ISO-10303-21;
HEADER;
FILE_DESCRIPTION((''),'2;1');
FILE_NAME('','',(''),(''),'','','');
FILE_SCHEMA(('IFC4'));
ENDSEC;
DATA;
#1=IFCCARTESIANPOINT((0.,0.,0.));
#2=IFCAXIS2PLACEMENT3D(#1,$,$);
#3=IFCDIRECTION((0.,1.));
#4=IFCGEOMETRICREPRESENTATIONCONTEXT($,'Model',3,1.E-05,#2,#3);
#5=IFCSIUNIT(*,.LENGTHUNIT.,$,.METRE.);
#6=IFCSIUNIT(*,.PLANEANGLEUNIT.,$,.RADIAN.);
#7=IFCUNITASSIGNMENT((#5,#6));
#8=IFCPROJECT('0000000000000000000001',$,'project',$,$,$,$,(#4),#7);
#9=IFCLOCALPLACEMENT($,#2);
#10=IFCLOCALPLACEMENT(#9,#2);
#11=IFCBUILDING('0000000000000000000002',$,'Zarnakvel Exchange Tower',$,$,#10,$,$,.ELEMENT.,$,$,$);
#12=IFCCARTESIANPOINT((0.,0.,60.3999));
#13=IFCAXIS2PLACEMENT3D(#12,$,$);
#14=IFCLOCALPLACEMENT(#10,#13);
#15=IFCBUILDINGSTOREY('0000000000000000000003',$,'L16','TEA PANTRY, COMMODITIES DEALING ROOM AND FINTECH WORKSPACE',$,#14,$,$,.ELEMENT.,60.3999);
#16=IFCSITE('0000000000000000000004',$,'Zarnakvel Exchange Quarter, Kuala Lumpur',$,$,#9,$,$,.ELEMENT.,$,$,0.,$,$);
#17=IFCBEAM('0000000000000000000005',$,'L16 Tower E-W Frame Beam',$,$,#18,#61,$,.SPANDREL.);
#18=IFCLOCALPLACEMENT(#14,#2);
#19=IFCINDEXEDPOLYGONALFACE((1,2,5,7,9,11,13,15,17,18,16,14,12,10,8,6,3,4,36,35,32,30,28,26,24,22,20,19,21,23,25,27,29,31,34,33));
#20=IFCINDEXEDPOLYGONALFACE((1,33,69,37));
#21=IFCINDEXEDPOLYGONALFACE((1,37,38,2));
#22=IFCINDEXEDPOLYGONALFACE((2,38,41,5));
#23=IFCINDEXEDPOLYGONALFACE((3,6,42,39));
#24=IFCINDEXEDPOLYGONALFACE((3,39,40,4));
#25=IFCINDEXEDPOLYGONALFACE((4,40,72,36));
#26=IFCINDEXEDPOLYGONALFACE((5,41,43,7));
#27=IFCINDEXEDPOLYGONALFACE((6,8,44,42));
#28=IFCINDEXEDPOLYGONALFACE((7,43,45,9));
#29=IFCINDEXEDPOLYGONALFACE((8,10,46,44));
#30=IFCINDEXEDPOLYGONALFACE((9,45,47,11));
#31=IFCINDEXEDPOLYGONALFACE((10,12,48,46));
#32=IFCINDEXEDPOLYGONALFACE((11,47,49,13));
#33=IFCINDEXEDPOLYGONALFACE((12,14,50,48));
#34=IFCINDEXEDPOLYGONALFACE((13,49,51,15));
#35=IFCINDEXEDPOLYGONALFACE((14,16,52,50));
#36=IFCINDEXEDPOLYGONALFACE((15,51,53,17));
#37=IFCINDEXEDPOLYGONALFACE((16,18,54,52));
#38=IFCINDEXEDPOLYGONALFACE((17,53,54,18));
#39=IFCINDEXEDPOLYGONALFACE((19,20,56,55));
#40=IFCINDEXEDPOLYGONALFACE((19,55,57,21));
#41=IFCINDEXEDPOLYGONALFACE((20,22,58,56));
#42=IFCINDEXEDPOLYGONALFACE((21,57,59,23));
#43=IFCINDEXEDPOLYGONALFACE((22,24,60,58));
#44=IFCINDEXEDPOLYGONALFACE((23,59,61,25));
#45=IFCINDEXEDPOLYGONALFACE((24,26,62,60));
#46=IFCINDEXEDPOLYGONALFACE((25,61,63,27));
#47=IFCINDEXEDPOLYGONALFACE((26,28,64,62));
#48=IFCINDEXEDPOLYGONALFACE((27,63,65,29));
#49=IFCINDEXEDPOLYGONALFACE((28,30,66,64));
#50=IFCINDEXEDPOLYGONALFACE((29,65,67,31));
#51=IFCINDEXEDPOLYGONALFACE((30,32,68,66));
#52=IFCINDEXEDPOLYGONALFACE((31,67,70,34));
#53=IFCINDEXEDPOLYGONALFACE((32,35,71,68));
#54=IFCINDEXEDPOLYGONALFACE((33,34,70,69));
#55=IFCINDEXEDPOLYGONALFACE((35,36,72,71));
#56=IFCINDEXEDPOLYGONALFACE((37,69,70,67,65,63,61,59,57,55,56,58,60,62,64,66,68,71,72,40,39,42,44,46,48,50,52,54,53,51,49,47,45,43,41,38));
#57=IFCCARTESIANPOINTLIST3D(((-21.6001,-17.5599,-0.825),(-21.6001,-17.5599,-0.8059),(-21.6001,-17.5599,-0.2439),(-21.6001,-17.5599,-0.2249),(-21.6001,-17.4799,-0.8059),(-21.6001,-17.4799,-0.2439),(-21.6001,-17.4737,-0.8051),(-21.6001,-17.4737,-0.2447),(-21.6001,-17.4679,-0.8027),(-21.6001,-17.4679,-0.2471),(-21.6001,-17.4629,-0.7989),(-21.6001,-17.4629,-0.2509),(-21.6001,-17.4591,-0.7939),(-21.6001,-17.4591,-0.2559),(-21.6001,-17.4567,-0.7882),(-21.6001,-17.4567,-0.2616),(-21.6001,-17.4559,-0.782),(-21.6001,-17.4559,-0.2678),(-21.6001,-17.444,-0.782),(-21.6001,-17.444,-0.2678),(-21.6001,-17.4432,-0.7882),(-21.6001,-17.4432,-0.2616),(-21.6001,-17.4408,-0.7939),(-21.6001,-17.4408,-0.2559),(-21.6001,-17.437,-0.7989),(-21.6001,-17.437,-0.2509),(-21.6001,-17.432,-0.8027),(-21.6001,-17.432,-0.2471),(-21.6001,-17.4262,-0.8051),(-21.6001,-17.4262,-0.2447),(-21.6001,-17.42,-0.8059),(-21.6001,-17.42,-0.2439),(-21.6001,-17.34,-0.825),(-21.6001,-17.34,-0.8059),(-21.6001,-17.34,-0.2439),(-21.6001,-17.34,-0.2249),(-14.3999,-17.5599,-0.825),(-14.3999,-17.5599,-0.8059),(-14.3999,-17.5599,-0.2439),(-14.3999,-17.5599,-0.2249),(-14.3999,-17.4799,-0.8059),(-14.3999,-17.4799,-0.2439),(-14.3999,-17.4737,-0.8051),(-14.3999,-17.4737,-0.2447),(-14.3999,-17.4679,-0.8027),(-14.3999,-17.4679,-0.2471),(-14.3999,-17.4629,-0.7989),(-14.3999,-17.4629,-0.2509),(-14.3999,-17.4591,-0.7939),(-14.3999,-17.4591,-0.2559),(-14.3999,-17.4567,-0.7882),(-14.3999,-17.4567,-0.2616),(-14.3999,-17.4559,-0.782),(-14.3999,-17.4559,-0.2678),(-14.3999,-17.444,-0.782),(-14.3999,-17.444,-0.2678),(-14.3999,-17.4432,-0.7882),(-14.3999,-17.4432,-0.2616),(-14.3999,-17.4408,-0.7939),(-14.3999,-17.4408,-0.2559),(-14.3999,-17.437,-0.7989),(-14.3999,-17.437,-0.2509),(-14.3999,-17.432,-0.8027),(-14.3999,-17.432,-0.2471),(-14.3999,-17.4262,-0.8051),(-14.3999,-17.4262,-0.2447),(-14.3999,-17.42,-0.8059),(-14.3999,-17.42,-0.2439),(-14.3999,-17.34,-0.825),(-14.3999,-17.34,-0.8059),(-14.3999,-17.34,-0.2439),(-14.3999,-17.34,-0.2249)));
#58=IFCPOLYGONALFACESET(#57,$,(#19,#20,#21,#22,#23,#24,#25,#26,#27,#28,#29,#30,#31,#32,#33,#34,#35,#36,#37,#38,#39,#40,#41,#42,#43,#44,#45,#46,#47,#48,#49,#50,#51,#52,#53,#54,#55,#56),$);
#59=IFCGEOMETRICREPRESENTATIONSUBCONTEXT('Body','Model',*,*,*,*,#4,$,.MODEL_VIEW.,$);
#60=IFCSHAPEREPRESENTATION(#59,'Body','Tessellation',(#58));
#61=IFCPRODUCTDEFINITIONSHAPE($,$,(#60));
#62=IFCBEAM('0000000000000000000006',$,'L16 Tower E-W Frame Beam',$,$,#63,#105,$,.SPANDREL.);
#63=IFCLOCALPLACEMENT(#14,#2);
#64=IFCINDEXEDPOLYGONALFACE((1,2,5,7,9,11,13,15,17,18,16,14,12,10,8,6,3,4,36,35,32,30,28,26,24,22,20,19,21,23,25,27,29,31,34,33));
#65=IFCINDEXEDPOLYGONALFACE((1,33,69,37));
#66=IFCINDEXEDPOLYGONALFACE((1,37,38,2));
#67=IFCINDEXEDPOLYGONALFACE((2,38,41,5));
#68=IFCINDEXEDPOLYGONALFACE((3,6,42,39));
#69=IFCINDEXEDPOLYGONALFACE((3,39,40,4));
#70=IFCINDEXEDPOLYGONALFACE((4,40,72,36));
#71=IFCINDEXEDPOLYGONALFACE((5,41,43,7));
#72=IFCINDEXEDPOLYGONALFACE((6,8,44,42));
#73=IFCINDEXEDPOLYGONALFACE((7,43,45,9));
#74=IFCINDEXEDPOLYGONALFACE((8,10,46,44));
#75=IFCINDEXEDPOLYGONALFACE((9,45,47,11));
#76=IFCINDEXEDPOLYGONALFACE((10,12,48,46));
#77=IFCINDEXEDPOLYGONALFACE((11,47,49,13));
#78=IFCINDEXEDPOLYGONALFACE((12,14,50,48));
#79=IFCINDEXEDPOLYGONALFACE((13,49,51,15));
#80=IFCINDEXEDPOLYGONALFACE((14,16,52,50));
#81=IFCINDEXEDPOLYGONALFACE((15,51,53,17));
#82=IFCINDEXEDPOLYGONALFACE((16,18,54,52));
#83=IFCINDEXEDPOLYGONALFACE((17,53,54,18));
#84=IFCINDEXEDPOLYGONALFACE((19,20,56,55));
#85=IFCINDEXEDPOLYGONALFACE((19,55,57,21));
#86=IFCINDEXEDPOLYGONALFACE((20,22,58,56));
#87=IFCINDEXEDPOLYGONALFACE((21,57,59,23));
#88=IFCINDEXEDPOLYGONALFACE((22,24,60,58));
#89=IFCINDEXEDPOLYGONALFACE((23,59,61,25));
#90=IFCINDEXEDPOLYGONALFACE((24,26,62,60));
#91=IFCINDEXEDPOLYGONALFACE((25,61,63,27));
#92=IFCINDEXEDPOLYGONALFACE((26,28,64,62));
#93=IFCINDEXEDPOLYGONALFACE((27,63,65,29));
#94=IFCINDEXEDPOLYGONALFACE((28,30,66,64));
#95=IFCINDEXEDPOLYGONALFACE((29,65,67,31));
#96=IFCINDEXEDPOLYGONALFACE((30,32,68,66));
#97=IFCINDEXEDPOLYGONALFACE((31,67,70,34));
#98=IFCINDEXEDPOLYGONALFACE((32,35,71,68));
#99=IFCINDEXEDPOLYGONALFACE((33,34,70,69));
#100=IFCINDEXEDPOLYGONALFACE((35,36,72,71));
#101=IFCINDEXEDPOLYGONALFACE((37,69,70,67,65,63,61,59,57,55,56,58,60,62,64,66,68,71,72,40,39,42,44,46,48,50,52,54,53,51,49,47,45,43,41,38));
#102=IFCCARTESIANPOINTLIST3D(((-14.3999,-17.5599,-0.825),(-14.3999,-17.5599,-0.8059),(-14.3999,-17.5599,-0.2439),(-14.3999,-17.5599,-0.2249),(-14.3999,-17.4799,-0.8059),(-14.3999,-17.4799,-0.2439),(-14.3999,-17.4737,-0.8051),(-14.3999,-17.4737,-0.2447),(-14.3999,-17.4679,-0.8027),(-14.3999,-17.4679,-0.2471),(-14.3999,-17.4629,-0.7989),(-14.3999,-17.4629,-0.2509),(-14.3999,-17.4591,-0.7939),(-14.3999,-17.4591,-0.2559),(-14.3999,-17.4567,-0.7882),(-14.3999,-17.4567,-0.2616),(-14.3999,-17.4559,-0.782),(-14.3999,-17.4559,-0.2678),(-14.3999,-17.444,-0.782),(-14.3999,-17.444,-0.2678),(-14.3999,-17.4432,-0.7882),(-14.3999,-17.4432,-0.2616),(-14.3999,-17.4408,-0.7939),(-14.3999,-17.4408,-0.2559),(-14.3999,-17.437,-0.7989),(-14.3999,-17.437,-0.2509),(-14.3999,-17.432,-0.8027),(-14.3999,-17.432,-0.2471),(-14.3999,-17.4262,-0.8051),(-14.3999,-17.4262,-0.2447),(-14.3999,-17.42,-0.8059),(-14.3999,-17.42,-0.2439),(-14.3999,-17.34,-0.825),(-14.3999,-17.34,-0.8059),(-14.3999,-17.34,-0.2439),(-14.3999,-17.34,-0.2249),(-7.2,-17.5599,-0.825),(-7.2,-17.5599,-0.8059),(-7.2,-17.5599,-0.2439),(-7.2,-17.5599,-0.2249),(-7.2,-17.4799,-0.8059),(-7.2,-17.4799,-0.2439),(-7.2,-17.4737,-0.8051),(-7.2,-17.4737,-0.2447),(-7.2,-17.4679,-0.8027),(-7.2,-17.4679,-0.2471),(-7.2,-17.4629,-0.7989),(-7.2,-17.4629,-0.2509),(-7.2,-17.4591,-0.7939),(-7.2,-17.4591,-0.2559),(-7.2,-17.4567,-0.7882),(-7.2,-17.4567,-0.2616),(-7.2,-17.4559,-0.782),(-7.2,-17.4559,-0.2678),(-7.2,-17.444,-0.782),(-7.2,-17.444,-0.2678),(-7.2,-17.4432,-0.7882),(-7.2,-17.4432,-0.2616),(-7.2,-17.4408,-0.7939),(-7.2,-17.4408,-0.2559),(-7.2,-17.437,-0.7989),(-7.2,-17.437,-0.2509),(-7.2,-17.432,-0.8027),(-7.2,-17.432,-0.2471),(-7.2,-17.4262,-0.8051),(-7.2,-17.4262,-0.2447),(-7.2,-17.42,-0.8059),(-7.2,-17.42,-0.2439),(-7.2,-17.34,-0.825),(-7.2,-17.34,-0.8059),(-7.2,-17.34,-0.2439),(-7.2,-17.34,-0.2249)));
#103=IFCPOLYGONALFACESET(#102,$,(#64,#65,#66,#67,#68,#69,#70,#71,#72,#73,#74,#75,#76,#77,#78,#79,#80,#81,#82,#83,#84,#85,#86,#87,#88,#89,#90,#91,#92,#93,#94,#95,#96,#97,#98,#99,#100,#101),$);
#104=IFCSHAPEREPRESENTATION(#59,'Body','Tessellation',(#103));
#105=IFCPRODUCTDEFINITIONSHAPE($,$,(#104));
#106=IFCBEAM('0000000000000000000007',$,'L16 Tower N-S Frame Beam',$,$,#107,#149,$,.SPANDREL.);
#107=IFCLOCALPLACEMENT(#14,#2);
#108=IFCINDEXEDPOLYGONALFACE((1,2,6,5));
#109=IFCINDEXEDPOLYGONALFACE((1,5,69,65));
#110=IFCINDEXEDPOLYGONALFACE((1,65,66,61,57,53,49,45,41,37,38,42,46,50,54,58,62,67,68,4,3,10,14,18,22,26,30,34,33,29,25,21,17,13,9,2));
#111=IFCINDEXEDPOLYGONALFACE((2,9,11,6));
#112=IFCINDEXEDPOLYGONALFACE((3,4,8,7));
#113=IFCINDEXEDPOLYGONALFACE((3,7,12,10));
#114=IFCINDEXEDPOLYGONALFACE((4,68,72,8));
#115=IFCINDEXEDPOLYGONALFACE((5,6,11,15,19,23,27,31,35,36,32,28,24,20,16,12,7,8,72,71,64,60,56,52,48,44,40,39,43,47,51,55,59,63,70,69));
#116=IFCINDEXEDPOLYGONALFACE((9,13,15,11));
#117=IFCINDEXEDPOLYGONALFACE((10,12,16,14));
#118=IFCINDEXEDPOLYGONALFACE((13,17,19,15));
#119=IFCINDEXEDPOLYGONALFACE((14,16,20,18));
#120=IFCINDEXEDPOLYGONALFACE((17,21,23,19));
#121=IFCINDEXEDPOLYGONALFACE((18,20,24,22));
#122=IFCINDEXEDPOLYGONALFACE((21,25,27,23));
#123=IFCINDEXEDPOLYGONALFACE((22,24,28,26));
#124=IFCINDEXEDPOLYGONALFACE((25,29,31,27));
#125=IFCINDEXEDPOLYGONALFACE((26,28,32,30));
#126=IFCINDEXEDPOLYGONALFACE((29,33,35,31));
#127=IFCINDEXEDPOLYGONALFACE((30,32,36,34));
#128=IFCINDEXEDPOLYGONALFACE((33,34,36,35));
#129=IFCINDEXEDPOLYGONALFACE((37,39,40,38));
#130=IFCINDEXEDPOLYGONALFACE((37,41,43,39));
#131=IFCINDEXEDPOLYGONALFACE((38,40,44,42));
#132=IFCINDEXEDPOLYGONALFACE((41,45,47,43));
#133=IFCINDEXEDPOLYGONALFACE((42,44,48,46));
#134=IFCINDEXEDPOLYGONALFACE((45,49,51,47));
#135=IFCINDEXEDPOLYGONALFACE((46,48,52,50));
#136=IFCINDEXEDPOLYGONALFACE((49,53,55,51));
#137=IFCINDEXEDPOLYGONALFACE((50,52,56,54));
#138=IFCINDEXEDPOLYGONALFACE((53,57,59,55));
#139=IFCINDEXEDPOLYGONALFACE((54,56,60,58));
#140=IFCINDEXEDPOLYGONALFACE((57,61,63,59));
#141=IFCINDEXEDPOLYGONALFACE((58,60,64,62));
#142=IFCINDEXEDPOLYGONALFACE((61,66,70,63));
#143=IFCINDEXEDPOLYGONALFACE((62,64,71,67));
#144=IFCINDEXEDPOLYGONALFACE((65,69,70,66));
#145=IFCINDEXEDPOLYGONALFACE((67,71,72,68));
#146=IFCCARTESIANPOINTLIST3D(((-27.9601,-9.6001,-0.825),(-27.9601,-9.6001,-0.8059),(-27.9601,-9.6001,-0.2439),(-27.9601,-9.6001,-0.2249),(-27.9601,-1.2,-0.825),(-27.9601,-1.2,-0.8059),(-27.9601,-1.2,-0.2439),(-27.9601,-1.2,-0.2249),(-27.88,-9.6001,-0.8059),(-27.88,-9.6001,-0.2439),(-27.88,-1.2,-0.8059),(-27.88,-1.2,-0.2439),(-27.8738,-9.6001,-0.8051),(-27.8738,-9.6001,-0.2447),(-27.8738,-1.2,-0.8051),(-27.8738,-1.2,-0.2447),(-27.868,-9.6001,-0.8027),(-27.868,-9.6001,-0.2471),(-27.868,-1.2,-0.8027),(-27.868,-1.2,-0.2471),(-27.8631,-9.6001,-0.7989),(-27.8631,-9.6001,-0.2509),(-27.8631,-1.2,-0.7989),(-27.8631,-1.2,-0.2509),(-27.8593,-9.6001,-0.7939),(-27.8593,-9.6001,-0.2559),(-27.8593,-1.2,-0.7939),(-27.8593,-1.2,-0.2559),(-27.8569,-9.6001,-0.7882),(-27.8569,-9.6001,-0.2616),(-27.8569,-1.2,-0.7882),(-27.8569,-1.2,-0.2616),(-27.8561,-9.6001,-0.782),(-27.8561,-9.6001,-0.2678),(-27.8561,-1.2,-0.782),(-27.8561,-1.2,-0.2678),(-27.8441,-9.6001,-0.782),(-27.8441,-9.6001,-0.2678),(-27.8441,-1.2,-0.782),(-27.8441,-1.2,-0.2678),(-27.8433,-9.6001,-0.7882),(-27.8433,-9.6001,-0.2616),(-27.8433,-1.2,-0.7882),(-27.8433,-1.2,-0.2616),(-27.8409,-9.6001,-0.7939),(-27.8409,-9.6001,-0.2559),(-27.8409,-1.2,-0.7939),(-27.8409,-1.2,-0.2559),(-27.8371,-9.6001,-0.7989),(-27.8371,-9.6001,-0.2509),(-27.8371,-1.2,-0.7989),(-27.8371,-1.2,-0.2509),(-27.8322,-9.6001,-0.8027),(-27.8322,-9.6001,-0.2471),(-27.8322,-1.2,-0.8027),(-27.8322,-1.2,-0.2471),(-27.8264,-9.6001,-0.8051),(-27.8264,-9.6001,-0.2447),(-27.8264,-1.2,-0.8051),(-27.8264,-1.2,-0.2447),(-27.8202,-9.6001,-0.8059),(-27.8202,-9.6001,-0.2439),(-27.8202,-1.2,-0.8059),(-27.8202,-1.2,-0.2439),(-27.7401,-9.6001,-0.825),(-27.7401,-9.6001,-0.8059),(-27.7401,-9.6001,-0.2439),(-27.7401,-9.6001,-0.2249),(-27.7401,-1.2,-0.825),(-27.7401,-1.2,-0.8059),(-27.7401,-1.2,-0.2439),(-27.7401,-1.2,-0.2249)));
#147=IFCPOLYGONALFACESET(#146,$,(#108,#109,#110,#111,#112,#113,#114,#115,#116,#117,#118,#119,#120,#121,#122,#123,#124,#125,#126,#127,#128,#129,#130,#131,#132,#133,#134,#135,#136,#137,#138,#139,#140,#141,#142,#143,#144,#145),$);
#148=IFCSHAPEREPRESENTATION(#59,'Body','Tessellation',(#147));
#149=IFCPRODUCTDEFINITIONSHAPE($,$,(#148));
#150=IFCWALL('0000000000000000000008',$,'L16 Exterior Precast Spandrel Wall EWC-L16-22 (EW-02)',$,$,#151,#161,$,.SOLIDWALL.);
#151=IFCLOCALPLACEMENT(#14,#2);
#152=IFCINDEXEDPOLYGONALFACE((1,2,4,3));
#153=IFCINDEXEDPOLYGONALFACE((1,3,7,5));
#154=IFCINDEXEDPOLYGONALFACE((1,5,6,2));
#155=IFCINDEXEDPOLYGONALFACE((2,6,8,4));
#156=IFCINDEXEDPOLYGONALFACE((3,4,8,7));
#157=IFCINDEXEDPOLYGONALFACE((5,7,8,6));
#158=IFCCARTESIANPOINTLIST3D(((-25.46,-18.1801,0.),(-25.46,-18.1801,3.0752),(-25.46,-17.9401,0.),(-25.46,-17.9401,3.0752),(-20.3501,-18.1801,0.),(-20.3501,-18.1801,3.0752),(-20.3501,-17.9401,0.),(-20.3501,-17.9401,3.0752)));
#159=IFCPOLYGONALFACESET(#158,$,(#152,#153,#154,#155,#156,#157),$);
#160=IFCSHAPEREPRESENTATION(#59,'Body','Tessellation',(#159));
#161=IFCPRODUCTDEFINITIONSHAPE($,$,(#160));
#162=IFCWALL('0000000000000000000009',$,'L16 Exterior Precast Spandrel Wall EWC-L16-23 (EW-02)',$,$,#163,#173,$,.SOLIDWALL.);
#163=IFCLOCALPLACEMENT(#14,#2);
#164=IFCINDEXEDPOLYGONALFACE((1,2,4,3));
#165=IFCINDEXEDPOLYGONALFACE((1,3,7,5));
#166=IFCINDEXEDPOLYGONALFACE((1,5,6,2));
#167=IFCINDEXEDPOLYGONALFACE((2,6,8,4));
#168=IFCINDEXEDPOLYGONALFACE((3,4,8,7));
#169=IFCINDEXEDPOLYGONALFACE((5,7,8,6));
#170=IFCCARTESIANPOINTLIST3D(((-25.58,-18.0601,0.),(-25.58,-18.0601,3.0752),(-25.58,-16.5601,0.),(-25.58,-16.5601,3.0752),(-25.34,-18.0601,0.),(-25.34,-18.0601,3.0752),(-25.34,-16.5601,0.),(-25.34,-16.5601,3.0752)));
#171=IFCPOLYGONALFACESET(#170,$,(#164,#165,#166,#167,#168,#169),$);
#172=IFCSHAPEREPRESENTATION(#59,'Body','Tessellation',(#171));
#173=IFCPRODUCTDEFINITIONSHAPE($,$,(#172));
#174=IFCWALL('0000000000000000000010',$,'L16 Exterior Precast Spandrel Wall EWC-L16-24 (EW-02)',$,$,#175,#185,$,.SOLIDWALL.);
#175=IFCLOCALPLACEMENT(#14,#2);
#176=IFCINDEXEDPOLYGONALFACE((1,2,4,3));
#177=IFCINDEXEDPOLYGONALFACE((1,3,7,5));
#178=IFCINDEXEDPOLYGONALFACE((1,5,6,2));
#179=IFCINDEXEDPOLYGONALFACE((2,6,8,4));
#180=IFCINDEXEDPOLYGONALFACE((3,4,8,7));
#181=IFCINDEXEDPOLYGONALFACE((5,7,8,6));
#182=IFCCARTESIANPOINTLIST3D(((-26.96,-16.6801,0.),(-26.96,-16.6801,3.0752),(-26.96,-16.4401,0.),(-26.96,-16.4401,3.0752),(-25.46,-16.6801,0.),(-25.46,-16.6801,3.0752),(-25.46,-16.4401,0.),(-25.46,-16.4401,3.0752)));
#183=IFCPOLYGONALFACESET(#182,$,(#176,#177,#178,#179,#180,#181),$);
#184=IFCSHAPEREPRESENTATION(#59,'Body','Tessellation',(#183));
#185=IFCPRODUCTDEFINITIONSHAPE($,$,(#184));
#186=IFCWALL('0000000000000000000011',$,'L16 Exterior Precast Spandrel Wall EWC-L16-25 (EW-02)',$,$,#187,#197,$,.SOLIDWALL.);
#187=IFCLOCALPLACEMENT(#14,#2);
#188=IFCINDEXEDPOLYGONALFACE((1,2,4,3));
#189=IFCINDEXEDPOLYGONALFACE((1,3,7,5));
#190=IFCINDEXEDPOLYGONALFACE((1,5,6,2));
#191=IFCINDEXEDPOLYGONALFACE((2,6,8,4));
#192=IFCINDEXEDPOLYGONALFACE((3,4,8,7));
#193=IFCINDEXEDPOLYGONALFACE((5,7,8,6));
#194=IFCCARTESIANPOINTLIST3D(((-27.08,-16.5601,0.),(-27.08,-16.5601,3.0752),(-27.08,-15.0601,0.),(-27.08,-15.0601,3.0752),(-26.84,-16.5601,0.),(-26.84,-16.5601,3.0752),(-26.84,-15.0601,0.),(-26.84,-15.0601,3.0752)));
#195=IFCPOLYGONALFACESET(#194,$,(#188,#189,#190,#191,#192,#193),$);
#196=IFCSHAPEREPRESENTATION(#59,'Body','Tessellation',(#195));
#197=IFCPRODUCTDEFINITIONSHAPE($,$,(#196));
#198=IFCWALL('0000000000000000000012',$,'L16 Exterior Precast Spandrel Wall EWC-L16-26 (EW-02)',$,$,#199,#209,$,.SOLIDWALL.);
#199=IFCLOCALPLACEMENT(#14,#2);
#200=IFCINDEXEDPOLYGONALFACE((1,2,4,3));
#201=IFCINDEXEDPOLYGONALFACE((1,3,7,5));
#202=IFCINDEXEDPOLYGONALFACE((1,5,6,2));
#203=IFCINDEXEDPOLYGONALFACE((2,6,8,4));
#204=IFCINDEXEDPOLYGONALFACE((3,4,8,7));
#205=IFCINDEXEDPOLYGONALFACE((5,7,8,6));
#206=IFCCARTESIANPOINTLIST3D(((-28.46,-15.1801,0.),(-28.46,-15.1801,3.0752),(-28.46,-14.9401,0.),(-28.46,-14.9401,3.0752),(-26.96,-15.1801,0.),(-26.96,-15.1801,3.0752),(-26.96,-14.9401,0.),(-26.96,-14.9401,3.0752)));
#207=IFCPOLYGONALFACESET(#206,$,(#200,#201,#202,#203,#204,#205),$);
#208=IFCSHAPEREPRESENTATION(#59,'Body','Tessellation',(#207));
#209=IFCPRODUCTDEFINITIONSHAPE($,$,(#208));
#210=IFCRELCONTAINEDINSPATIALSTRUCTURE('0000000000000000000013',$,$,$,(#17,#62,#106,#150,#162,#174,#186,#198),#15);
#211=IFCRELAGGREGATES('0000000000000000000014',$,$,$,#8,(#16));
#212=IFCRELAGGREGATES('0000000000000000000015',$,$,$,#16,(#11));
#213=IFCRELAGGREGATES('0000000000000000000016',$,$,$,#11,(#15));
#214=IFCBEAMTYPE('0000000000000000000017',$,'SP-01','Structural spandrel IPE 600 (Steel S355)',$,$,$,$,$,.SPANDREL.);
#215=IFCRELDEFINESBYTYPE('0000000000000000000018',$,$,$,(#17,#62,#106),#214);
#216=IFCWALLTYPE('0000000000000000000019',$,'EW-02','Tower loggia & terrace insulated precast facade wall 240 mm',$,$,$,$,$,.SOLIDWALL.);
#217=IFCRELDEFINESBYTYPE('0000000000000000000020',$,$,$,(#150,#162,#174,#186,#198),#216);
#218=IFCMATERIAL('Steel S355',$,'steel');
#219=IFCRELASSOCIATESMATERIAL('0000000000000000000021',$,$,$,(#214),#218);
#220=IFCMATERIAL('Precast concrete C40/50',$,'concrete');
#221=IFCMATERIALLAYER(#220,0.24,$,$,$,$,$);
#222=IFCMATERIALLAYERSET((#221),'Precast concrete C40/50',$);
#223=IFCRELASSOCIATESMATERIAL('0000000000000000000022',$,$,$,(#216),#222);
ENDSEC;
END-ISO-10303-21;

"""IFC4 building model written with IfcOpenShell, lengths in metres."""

from ifc_helpers import new_model, si_unit, direction, frame, frame_2d, origin, origin_2d, place, context, subcontext, project, spatial, rectangle, i_section, extrude, material, layer, layer_set, material_profile, profile_set, type_object, element, save


model = new_model("IFC4")

# Units and contexts
model_context = context("Model", 3, precision=1e-05, world=origin(), true_north=direction((0.0, 1.0)))
body_context = subcontext(model_context, "Body", "Model", "MODEL_VIEW")
ifc_project = project(units=[si_unit("LENGTHUNIT", "METRE"), si_unit("PLANEANGLEUNIT", "RADIAN")], contexts=[model_context])

# Site, building, storey
site_placement = place(None, origin())
site = spatial("IfcSite", under=ifc_project, at=site_placement, Name="Zarnakvel Exchange Quarter, Kuala Lumpur", CompositionType="ELEMENT", RefElevation=0.0)
building_placement = place(site_placement, origin())
building = spatial("IfcBuilding", under=site, at=building_placement, Name="Zarnakvel Exchange Tower", CompositionType="ELEMENT")
storey_placement = place(building_placement, frame((0.0, 0.0, 60.3999)))
storey = spatial("IfcBuildingStorey", under=building, at=storey_placement, Name="L16", Description="TEA PANTRY, COMMODITIES DEALING ROOM AND FINTECH WORKSPACE", CompositionType="ELEMENT", Elevation=60.3999)

# Shared definitions
ifc_material_1 = material(Name="Steel S355", Category="steel")

# Beams
ifc_material_profile_1 = material_profile(ifc_material_1, i_section(OverallWidth=0.22, OverallDepth=0.6001, WebThickness=0.012, FlangeThickness=0.019, FilletRadius=0.0239, at=origin_2d()))
ifc_profile_set_1 = profile_set([ifc_material_profile_1], Name="Steel S355")
beam_type_1 = type_object("IfcBeamType", Name="SP-01", Description="Structural spandrel IPE 600 (Steel S355)", PredefinedType="SPANDREL", material=ifc_profile_set_1)
beam_1_placement = place(storey_placement, frame((-21.6001, -17.45, -0.5249), z_axis=(1.0, 0.0, 0.0), x_axis=(0.0, 1.0, 0.0)))
element("IfcBeam", 1, at=beam_1_placement, inside=storey, type_object=beam_type_1, Name="L16 Tower E-W Frame Beam", PredefinedType="SPANDREL", context=body_context, shape_type="SweptSolid", body=[
    extrude(i_section(OverallWidth=0.22, OverallDepth=0.6001, WebThickness=0.012, FlangeThickness=0.019, FilletRadius=0.0239, at=origin_2d()), origin(), (0.0, 0.0, 1.0), 7.2002),
])
beam_2_placement = place(storey_placement, frame((-14.3999, -17.45, -0.5249), z_axis=(1.0, 0.0, 0.0), x_axis=(0.0, 1.0, 0.0)))
element("IfcBeam", 2, at=beam_2_placement, inside=storey, type_object=beam_type_1, Name="L16 Tower E-W Frame Beam", PredefinedType="SPANDREL", context=body_context, shape_type="SweptSolid", body=[
    extrude(i_section(OverallWidth=0.22, OverallDepth=0.6001, WebThickness=0.012, FlangeThickness=0.019, FilletRadius=0.0239, at=origin_2d()), origin(), (0.0, 0.0, 1.0), 7.2),
])
beam_3_placement = place(storey_placement, frame((-27.8501, -9.6001, -0.5249), z_axis=(0.0, 1.0, 0.0), x_axis=(-1.0, 0.0, 0.0)))
element("IfcBeam", 3, at=beam_3_placement, inside=storey, type_object=beam_type_1, Name="L16 Tower N-S Frame Beam", PredefinedType="SPANDREL", context=body_context, shape_type="SweptSolid", body=[
    extrude(i_section(OverallWidth=0.22, OverallDepth=0.6001, WebThickness=0.012, FlangeThickness=0.019, FilletRadius=0.0239, at=origin_2d()), origin(), (0.0, 0.0, 1.0), 8.4001),
])

# Walls
ifc_material_2 = material(Name="Precast concrete C40/50", Category="concrete")
ifc_layer_1 = layer(ifc_material_2, 0.24)
ifc_layer_set_1 = layer_set([ifc_layer_1], Name="Precast concrete C40/50")
wall_type_1 = type_object("IfcWallType", Name="EW-02", Description="Tower loggia & terrace insulated precast facade wall 240 mm", PredefinedType="SOLIDWALL", material=ifc_layer_set_1)
wall_1_placement = place(storey_placement, frame((-25.46, -18.0601, 0.0), z_axis=(0.0, 0.0, 1.0), x_axis=(1.0, 0.0, 0.0)))
element("IfcWall", 4, at=wall_1_placement, inside=storey, type_object=wall_type_1, Name="L16 Exterior Precast Spandrel Wall EWC-L16-22 (EW-02)", PredefinedType="SOLIDWALL", context=body_context, shape_type="SweptSolid", body=[
    extrude(rectangle(XDim=5.1099, YDim=0.24, at=frame_2d((2.5549, 0.0))), origin(), (0.0, 0.0, 1.0), 3.0752),
])
for number, where, z_axis, x_axis, name in (
    (5, (-25.46, -16.5601, 0.0), (0.0, 0.0, 1.0), (0.0, -1.0, 0.0), "L16 Exterior Precast Spandrel Wall EWC-L16-23 (EW-02)"),
    (6, (-26.96, -16.5601, 0.0), (0.0, 0.0, 1.0), (1.0, 0.0, 0.0), "L16 Exterior Precast Spandrel Wall EWC-L16-24 (EW-02)"),
    (7, (-26.96, -15.0601, 0.0), (0.0, 0.0, 1.0), (0.0, -1.0, 0.0), "L16 Exterior Precast Spandrel Wall EWC-L16-25 (EW-02)"),
    (8, (-28.46, -15.0601, 0.0), (0.0, 0.0, 1.0), (1.0, 0.0, 0.0), "L16 Exterior Precast Spandrel Wall EWC-L16-26 (EW-02)"),
):
    element("IfcWall", number, at=place(storey_placement, frame(where, z_axis=z_axis, x_axis=x_axis)), inside=storey, type_object=wall_type_1, Name=name, PredefinedType="SOLIDWALL", context=body_context, shape_type="SweptSolid", body=[
        extrude(rectangle(XDim=1.5, YDim=0.24, at=frame_2d((0.75, 0.0))), origin(), (0.0, 0.0, 1.0), 3.0752),
    ])

save(model, "model.ifc")
